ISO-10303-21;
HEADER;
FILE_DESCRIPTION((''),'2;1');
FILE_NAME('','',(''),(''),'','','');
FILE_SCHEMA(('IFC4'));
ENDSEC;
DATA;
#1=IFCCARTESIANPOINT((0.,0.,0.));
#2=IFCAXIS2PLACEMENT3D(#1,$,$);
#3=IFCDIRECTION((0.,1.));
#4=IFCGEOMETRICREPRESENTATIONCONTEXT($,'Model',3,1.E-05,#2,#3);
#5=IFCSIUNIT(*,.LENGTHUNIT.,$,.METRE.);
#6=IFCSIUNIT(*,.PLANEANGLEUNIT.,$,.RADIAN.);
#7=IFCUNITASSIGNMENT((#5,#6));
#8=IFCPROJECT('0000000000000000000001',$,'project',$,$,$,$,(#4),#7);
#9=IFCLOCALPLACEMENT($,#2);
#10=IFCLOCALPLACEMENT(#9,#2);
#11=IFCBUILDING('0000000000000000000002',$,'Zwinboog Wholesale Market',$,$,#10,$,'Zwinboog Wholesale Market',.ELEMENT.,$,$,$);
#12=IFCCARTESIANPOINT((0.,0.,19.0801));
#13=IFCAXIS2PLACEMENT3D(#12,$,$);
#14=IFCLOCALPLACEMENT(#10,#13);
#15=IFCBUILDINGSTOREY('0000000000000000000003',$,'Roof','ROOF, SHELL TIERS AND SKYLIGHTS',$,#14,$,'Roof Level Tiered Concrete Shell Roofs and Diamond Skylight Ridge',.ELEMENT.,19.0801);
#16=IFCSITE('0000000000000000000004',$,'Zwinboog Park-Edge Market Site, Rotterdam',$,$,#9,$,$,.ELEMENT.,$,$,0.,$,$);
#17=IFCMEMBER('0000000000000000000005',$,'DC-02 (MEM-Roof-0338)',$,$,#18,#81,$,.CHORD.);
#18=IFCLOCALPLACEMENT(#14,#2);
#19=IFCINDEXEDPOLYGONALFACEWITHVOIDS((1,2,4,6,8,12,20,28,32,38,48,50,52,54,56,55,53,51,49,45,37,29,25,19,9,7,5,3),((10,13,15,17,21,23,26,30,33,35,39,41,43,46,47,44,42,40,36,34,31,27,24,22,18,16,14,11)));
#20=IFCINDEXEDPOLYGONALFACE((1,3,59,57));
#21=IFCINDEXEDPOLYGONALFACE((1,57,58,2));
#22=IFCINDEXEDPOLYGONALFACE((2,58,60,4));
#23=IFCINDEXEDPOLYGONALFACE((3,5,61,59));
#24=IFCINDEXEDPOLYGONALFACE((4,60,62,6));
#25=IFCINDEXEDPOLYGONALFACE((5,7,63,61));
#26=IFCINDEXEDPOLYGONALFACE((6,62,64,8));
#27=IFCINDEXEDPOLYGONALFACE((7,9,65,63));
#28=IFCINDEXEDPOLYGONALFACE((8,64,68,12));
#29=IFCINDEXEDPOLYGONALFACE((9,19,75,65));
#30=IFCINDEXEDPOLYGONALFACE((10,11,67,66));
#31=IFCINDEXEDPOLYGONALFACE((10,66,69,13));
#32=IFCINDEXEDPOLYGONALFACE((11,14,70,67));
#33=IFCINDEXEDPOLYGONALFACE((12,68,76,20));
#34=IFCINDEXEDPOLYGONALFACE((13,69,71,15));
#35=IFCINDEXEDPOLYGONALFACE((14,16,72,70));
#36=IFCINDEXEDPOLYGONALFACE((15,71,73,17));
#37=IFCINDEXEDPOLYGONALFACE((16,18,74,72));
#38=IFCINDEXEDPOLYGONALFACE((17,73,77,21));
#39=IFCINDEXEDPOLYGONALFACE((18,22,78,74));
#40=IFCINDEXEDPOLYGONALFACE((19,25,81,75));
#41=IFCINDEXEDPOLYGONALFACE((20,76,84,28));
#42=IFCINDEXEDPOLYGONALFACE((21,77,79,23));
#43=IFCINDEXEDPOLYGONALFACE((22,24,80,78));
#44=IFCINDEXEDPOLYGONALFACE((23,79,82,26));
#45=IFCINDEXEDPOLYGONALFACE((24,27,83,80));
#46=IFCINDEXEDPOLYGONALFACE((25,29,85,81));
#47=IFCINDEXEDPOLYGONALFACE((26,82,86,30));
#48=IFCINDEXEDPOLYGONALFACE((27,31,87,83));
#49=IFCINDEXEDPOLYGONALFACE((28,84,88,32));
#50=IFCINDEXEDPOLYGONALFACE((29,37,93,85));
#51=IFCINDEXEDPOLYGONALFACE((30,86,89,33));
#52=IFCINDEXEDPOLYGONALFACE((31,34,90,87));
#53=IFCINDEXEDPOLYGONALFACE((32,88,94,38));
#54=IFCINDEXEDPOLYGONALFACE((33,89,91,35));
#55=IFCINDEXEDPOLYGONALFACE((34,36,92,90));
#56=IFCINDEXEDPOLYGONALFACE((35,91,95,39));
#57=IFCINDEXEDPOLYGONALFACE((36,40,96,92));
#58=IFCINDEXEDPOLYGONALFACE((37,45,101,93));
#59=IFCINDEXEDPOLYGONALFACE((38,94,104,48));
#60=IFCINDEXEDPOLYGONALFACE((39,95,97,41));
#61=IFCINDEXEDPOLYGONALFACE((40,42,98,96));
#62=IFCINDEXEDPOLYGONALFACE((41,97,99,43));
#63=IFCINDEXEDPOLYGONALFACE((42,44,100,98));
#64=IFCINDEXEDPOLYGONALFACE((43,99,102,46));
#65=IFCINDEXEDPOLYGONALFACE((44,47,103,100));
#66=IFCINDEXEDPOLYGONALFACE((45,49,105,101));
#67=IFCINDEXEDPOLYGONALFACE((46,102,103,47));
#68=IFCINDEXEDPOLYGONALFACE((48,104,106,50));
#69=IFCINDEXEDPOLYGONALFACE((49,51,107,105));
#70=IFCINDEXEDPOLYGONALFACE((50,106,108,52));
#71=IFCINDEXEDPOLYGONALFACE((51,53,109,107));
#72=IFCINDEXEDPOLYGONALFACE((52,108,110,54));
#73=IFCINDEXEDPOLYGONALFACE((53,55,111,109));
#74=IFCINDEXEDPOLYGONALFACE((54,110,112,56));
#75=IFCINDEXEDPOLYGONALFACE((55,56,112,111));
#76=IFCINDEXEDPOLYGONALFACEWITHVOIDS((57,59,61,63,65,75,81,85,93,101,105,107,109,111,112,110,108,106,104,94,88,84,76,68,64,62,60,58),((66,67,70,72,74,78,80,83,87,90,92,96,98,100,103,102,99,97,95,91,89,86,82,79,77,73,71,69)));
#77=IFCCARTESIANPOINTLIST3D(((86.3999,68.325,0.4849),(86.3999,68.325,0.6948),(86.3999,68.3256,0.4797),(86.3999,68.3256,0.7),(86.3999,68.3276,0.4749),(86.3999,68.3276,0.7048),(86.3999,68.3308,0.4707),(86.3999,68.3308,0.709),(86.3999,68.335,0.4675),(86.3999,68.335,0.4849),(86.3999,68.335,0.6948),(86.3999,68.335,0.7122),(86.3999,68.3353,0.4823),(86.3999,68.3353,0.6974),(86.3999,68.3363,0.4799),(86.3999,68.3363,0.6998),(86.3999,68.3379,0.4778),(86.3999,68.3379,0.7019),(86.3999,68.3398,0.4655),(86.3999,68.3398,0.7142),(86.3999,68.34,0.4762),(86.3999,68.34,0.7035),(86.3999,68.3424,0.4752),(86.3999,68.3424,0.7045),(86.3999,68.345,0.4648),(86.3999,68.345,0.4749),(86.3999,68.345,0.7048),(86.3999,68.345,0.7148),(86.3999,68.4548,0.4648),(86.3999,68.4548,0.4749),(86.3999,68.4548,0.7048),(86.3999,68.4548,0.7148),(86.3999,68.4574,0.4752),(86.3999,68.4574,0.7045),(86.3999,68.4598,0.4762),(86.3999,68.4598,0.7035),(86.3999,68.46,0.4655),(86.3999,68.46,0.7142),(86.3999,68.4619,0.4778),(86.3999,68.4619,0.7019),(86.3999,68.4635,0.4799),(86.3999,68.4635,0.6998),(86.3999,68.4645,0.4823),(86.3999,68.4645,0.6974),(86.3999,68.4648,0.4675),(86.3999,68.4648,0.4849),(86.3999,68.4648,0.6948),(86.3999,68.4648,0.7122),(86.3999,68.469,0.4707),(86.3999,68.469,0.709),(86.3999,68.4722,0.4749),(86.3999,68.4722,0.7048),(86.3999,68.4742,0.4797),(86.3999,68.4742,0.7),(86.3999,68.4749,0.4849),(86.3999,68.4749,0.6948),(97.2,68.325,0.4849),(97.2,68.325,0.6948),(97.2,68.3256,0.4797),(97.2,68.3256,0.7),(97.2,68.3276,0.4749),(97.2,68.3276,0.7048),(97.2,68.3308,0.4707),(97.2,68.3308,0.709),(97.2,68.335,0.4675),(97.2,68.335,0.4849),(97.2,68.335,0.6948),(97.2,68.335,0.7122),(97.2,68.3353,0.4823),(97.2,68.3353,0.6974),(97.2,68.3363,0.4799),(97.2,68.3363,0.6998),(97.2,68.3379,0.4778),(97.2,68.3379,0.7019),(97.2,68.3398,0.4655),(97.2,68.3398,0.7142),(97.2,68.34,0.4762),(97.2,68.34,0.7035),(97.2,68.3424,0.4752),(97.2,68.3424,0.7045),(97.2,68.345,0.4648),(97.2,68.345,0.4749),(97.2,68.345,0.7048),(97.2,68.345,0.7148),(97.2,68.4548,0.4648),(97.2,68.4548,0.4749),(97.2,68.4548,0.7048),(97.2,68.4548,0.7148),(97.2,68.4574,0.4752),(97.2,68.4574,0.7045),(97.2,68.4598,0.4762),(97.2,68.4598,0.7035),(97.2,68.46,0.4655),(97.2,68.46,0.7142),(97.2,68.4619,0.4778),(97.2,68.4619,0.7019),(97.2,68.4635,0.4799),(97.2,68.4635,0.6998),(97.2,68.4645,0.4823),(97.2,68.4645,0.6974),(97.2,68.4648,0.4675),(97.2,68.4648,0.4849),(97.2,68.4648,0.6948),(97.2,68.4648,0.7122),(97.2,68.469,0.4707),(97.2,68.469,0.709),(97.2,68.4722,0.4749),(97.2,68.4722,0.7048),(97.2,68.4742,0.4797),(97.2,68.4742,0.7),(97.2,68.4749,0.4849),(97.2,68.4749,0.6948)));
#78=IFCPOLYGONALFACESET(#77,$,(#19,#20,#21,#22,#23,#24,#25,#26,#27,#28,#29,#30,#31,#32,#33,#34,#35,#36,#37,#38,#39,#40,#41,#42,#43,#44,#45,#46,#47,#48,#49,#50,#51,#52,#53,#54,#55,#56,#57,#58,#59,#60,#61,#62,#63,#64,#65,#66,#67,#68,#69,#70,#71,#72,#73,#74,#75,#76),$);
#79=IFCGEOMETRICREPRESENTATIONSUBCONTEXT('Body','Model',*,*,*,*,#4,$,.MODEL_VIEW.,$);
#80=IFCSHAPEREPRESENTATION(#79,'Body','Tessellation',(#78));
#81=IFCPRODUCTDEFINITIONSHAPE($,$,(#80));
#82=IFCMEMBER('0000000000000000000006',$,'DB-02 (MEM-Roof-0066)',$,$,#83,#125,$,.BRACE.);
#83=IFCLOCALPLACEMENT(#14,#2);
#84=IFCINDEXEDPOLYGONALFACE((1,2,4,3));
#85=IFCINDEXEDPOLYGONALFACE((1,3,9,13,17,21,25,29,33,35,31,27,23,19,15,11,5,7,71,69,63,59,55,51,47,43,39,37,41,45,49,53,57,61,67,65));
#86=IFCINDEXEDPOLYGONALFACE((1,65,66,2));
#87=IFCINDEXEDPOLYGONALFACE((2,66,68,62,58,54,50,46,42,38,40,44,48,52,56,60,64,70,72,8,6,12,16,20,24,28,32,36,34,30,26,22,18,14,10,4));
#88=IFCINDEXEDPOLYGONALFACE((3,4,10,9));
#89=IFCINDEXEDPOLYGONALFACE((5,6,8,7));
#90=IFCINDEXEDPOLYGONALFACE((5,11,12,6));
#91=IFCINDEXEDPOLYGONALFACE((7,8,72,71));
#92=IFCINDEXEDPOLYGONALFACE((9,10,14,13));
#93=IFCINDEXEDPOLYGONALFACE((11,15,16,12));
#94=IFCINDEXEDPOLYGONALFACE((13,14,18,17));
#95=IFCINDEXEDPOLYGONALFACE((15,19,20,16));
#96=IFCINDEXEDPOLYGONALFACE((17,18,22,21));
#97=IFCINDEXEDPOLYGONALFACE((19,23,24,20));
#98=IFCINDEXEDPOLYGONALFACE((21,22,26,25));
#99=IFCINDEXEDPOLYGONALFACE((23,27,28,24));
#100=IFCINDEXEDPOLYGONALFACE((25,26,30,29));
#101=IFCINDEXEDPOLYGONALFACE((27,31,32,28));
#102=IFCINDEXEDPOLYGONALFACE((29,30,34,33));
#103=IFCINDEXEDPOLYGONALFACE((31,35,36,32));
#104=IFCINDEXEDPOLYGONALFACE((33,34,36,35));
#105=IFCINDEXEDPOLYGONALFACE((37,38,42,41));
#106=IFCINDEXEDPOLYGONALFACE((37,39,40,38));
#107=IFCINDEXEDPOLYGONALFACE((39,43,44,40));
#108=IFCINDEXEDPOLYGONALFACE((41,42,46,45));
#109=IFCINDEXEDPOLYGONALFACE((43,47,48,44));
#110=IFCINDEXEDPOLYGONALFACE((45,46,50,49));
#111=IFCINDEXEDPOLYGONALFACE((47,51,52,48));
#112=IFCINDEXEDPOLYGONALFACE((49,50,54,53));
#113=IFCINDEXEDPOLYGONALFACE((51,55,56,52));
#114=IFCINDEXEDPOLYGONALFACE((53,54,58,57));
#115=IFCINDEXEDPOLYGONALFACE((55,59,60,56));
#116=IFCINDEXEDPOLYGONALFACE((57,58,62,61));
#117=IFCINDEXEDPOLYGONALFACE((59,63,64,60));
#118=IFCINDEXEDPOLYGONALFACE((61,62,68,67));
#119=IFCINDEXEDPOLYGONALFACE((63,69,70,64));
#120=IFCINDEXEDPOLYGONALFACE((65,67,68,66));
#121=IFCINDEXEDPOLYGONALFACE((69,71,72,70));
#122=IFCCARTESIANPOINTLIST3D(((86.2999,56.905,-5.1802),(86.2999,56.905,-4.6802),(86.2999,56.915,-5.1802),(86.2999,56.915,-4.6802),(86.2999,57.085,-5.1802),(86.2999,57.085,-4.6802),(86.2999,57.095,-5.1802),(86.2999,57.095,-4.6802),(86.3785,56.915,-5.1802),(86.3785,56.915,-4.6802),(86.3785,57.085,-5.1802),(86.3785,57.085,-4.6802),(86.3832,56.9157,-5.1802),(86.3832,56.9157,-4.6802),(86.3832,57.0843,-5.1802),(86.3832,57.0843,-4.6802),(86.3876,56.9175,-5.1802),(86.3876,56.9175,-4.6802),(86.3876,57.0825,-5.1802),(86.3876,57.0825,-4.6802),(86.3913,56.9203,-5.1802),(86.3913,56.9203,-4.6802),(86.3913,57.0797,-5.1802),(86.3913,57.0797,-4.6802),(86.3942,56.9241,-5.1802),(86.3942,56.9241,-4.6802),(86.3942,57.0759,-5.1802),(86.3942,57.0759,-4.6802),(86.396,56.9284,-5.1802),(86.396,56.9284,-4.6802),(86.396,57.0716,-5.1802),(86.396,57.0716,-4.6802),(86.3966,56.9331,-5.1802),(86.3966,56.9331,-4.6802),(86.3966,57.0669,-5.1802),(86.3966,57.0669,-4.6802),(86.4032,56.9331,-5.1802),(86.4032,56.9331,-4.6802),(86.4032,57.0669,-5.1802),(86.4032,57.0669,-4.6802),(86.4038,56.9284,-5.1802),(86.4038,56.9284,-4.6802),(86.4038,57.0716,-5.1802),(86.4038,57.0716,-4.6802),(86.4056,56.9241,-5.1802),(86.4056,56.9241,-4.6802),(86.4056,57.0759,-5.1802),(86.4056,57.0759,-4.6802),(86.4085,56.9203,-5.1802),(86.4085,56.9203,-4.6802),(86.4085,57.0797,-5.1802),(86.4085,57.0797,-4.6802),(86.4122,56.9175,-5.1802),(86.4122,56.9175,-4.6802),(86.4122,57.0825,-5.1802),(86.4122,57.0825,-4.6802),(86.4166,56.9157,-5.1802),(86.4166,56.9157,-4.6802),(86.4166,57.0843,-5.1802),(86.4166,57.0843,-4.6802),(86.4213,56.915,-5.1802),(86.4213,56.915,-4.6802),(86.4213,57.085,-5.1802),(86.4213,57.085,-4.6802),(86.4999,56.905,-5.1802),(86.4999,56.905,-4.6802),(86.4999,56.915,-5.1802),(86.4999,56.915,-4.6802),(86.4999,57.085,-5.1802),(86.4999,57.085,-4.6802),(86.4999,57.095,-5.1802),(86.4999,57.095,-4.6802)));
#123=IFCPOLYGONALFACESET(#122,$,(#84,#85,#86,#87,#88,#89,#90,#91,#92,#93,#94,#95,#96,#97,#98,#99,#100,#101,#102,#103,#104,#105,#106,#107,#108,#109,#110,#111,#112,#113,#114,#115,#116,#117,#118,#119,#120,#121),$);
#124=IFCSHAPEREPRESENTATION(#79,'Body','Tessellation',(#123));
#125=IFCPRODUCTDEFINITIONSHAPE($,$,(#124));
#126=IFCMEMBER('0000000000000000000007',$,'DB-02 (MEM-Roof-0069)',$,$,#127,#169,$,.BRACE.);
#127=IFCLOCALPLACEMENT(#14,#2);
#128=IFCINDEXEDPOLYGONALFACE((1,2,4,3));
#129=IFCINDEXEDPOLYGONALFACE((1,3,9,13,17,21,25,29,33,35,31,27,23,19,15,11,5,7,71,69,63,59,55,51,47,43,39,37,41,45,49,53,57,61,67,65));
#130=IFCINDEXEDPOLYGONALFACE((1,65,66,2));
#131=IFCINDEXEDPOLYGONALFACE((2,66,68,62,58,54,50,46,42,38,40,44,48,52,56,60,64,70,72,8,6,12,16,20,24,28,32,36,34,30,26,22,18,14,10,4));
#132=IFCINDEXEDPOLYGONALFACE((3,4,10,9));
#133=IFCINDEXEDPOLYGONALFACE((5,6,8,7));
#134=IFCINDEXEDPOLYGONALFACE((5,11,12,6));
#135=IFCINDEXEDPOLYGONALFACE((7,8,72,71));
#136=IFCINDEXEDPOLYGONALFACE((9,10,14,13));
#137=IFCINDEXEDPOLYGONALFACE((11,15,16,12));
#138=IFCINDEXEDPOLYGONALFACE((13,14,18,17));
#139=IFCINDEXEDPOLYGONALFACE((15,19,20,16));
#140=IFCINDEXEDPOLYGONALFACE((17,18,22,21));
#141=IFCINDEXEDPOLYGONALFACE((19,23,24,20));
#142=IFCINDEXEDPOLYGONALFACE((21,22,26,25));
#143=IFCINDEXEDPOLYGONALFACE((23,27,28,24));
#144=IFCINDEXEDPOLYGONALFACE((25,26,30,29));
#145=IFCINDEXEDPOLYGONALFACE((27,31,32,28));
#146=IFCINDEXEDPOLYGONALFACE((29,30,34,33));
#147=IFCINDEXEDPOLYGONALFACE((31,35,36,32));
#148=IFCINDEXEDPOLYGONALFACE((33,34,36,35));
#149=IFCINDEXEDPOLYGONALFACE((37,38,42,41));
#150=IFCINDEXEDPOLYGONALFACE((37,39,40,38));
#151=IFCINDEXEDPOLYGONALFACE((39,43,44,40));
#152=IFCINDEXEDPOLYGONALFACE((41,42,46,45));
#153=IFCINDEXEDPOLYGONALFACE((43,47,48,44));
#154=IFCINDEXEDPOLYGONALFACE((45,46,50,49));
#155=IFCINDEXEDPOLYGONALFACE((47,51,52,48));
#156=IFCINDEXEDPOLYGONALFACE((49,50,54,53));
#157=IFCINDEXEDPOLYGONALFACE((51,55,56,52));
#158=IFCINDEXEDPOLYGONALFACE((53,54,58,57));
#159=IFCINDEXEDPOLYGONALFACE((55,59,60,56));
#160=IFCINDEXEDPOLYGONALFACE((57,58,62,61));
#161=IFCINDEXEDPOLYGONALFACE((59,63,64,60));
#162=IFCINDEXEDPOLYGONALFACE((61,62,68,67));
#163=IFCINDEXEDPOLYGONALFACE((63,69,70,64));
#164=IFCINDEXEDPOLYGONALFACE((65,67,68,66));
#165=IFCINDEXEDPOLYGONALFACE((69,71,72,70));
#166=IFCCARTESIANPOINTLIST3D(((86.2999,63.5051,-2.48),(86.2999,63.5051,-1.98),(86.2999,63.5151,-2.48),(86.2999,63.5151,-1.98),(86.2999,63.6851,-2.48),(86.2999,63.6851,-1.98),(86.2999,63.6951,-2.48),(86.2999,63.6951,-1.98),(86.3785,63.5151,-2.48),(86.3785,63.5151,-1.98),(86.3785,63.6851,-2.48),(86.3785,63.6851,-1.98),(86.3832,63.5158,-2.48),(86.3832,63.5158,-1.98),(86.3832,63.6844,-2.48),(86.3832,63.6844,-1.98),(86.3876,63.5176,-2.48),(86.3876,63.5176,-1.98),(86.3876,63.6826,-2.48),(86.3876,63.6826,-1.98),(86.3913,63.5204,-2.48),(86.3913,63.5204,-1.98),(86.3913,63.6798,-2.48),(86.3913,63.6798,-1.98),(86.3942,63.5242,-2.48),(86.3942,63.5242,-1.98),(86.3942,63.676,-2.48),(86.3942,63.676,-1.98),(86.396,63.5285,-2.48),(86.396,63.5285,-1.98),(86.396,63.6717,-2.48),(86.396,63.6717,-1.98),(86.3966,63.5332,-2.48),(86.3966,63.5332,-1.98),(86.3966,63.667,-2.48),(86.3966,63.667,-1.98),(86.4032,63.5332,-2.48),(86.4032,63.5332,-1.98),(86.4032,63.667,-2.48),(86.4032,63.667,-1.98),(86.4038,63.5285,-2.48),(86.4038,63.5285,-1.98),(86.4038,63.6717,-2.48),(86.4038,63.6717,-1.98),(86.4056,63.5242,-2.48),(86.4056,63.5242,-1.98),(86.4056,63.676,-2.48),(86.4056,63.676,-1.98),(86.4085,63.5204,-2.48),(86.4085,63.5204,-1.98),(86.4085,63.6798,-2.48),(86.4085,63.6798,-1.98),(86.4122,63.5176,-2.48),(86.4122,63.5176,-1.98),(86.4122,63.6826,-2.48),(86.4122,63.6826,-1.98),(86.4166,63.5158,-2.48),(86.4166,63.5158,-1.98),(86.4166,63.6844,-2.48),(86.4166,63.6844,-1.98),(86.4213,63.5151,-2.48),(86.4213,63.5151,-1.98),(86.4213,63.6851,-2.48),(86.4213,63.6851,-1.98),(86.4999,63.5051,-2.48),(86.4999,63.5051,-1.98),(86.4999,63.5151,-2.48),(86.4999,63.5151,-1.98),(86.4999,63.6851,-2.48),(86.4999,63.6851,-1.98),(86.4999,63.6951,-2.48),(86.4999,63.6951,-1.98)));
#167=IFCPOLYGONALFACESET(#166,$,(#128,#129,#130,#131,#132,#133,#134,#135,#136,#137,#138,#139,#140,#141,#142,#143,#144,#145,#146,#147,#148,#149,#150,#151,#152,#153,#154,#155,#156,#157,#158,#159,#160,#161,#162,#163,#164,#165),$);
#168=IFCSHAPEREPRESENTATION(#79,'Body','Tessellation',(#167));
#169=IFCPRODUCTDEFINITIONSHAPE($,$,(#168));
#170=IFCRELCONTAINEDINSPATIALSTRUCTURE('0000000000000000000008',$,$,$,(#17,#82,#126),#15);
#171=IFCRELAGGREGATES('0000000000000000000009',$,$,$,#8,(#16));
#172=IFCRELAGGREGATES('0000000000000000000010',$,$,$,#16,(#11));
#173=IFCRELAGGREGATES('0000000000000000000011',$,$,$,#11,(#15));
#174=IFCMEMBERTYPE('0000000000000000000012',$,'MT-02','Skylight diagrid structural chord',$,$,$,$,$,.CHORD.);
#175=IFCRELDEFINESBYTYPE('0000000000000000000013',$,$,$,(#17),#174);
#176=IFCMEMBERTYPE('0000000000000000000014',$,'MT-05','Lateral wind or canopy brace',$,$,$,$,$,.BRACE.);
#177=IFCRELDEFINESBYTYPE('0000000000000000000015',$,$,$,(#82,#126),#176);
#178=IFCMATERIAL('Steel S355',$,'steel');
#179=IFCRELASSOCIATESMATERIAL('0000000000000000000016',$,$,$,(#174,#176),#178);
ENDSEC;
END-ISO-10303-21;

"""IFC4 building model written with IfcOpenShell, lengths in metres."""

from ifc_helpers import new_model, si_unit, direction, frame, origin, origin_2d, place, context, subcontext, project, spatial, hollow_rectangle, i_section, extrude, material, material_profile, profile_set, type_object, element, save


model = new_model("IFC4")

# Units and contexts
model_context = context("Model", 3, precision=1e-05, world=origin(), true_north=direction((0.0, 1.0)))
body_context = subcontext(model_context, "Body", "Model", "MODEL_VIEW")
ifc_project = project(units=[si_unit("LENGTHUNIT", "METRE"), si_unit("PLANEANGLEUNIT", "RADIAN")], contexts=[model_context])

# Site, building, storey
site_placement = place(None, origin())
site = spatial("IfcSite", under=ifc_project, at=site_placement, Name="Zwinboog Park-Edge Market Site, Rotterdam", CompositionType="ELEMENT", RefElevation=0.0)
building_placement = place(site_placement, origin())
building = spatial("IfcBuilding", under=site, at=building_placement, Name="Zwinboog Wholesale Market", LongName="Zwinboog Wholesale Market", CompositionType="ELEMENT")
storey_placement = place(building_placement, frame((0.0, 0.0, 19.0801)))
storey = spatial("IfcBuildingStorey", under=building, at=storey_placement, Name="Roof", Description="ROOF, SHELL TIERS AND SKYLIGHTS", LongName="Roof Level Tiered Concrete Shell Roofs and Diamond Skylight Ridge", CompositionType="ELEMENT", Elevation=19.0801)

# Members
ifc_material_1 = material(Name="Steel S355", Category="steel")
ifc_material_profile_1 = material_profile(ifc_material_1, hollow_rectangle(XDim=0.1499, YDim=0.25, WallThickness=0.01, InnerFilletRadius=0.01, OuterFilletRadius=0.02, at=origin_2d()), Name="RHS 250x150x10")
ifc_profile_set_1 = profile_set([ifc_material_profile_1], Name="Steel S355")
member_type_1 = type_object("IfcMemberType", Name="MT-02", Description="Skylight diagrid structural chord", PredefinedType="CHORD", material=ifc_profile_set_1)
member_1_placement = place(storey_placement, frame((86.3999, 68.3999, 0.5898), z_axis=(1.0, 0.0, 0.0), x_axis=(0.0, 1.0, 0.0)))
element("IfcMember", 1, at=member_1_placement, inside=storey, type_object=member_type_1, Name="DC-02 (MEM-Roof-0338)", PredefinedType="CHORD", context=body_context, shape_type="SweptSolid", body=[
    extrude(hollow_rectangle(XDim=0.1499, YDim=0.25, WallThickness=0.01, InnerFilletRadius=0.01, OuterFilletRadius=0.02, at=origin_2d()), origin(), (0.0, 0.0, 1.0), 10.8),
])
ifc_material_profile_2 = material_profile(ifc_material_1, i_section(OverallWidth=0.2, OverallDepth=0.1899, WebThickness=0.0066, FlangeThickness=0.01, FilletRadius=0.0181, at=origin_2d()), Name="HEA 200")
ifc_profile_set_2 = profile_set([ifc_material_profile_2], Name="Steel S355")
member_type_2 = type_object("IfcMemberType", Name="MT-05", Description="Lateral wind or canopy brace", PredefinedType="BRACE", material=ifc_profile_set_2)
for number, where, z_axis, x_axis, name in (
    (2, (86.3999, 57.0, -5.1802), (0.0, 0.0, 1.0), (1.0, 0.0, 0.0), "DB-02 (MEM-Roof-0066)"),
    (3, (86.3999, 63.6001, -2.48), (0.0, 0.0, 1.0), (1.0, 0.0, 0.0), "DB-02 (MEM-Roof-0069)"),
):
    element("IfcMember", number, at=place(storey_placement, frame(where, z_axis=z_axis, x_axis=x_axis)), inside=storey, type_object=member_type_2, Name=name, PredefinedType="BRACE", context=body_context, shape_type="SweptSolid", body=[
        extrude(i_section(OverallWidth=0.2, OverallDepth=0.1899, WebThickness=0.0066, FlangeThickness=0.01, FilletRadius=0.0181, at=origin_2d()), origin(), (0.0, 0.0, 1.0), 0.5),
    ])

save(model, "model.ifc")
